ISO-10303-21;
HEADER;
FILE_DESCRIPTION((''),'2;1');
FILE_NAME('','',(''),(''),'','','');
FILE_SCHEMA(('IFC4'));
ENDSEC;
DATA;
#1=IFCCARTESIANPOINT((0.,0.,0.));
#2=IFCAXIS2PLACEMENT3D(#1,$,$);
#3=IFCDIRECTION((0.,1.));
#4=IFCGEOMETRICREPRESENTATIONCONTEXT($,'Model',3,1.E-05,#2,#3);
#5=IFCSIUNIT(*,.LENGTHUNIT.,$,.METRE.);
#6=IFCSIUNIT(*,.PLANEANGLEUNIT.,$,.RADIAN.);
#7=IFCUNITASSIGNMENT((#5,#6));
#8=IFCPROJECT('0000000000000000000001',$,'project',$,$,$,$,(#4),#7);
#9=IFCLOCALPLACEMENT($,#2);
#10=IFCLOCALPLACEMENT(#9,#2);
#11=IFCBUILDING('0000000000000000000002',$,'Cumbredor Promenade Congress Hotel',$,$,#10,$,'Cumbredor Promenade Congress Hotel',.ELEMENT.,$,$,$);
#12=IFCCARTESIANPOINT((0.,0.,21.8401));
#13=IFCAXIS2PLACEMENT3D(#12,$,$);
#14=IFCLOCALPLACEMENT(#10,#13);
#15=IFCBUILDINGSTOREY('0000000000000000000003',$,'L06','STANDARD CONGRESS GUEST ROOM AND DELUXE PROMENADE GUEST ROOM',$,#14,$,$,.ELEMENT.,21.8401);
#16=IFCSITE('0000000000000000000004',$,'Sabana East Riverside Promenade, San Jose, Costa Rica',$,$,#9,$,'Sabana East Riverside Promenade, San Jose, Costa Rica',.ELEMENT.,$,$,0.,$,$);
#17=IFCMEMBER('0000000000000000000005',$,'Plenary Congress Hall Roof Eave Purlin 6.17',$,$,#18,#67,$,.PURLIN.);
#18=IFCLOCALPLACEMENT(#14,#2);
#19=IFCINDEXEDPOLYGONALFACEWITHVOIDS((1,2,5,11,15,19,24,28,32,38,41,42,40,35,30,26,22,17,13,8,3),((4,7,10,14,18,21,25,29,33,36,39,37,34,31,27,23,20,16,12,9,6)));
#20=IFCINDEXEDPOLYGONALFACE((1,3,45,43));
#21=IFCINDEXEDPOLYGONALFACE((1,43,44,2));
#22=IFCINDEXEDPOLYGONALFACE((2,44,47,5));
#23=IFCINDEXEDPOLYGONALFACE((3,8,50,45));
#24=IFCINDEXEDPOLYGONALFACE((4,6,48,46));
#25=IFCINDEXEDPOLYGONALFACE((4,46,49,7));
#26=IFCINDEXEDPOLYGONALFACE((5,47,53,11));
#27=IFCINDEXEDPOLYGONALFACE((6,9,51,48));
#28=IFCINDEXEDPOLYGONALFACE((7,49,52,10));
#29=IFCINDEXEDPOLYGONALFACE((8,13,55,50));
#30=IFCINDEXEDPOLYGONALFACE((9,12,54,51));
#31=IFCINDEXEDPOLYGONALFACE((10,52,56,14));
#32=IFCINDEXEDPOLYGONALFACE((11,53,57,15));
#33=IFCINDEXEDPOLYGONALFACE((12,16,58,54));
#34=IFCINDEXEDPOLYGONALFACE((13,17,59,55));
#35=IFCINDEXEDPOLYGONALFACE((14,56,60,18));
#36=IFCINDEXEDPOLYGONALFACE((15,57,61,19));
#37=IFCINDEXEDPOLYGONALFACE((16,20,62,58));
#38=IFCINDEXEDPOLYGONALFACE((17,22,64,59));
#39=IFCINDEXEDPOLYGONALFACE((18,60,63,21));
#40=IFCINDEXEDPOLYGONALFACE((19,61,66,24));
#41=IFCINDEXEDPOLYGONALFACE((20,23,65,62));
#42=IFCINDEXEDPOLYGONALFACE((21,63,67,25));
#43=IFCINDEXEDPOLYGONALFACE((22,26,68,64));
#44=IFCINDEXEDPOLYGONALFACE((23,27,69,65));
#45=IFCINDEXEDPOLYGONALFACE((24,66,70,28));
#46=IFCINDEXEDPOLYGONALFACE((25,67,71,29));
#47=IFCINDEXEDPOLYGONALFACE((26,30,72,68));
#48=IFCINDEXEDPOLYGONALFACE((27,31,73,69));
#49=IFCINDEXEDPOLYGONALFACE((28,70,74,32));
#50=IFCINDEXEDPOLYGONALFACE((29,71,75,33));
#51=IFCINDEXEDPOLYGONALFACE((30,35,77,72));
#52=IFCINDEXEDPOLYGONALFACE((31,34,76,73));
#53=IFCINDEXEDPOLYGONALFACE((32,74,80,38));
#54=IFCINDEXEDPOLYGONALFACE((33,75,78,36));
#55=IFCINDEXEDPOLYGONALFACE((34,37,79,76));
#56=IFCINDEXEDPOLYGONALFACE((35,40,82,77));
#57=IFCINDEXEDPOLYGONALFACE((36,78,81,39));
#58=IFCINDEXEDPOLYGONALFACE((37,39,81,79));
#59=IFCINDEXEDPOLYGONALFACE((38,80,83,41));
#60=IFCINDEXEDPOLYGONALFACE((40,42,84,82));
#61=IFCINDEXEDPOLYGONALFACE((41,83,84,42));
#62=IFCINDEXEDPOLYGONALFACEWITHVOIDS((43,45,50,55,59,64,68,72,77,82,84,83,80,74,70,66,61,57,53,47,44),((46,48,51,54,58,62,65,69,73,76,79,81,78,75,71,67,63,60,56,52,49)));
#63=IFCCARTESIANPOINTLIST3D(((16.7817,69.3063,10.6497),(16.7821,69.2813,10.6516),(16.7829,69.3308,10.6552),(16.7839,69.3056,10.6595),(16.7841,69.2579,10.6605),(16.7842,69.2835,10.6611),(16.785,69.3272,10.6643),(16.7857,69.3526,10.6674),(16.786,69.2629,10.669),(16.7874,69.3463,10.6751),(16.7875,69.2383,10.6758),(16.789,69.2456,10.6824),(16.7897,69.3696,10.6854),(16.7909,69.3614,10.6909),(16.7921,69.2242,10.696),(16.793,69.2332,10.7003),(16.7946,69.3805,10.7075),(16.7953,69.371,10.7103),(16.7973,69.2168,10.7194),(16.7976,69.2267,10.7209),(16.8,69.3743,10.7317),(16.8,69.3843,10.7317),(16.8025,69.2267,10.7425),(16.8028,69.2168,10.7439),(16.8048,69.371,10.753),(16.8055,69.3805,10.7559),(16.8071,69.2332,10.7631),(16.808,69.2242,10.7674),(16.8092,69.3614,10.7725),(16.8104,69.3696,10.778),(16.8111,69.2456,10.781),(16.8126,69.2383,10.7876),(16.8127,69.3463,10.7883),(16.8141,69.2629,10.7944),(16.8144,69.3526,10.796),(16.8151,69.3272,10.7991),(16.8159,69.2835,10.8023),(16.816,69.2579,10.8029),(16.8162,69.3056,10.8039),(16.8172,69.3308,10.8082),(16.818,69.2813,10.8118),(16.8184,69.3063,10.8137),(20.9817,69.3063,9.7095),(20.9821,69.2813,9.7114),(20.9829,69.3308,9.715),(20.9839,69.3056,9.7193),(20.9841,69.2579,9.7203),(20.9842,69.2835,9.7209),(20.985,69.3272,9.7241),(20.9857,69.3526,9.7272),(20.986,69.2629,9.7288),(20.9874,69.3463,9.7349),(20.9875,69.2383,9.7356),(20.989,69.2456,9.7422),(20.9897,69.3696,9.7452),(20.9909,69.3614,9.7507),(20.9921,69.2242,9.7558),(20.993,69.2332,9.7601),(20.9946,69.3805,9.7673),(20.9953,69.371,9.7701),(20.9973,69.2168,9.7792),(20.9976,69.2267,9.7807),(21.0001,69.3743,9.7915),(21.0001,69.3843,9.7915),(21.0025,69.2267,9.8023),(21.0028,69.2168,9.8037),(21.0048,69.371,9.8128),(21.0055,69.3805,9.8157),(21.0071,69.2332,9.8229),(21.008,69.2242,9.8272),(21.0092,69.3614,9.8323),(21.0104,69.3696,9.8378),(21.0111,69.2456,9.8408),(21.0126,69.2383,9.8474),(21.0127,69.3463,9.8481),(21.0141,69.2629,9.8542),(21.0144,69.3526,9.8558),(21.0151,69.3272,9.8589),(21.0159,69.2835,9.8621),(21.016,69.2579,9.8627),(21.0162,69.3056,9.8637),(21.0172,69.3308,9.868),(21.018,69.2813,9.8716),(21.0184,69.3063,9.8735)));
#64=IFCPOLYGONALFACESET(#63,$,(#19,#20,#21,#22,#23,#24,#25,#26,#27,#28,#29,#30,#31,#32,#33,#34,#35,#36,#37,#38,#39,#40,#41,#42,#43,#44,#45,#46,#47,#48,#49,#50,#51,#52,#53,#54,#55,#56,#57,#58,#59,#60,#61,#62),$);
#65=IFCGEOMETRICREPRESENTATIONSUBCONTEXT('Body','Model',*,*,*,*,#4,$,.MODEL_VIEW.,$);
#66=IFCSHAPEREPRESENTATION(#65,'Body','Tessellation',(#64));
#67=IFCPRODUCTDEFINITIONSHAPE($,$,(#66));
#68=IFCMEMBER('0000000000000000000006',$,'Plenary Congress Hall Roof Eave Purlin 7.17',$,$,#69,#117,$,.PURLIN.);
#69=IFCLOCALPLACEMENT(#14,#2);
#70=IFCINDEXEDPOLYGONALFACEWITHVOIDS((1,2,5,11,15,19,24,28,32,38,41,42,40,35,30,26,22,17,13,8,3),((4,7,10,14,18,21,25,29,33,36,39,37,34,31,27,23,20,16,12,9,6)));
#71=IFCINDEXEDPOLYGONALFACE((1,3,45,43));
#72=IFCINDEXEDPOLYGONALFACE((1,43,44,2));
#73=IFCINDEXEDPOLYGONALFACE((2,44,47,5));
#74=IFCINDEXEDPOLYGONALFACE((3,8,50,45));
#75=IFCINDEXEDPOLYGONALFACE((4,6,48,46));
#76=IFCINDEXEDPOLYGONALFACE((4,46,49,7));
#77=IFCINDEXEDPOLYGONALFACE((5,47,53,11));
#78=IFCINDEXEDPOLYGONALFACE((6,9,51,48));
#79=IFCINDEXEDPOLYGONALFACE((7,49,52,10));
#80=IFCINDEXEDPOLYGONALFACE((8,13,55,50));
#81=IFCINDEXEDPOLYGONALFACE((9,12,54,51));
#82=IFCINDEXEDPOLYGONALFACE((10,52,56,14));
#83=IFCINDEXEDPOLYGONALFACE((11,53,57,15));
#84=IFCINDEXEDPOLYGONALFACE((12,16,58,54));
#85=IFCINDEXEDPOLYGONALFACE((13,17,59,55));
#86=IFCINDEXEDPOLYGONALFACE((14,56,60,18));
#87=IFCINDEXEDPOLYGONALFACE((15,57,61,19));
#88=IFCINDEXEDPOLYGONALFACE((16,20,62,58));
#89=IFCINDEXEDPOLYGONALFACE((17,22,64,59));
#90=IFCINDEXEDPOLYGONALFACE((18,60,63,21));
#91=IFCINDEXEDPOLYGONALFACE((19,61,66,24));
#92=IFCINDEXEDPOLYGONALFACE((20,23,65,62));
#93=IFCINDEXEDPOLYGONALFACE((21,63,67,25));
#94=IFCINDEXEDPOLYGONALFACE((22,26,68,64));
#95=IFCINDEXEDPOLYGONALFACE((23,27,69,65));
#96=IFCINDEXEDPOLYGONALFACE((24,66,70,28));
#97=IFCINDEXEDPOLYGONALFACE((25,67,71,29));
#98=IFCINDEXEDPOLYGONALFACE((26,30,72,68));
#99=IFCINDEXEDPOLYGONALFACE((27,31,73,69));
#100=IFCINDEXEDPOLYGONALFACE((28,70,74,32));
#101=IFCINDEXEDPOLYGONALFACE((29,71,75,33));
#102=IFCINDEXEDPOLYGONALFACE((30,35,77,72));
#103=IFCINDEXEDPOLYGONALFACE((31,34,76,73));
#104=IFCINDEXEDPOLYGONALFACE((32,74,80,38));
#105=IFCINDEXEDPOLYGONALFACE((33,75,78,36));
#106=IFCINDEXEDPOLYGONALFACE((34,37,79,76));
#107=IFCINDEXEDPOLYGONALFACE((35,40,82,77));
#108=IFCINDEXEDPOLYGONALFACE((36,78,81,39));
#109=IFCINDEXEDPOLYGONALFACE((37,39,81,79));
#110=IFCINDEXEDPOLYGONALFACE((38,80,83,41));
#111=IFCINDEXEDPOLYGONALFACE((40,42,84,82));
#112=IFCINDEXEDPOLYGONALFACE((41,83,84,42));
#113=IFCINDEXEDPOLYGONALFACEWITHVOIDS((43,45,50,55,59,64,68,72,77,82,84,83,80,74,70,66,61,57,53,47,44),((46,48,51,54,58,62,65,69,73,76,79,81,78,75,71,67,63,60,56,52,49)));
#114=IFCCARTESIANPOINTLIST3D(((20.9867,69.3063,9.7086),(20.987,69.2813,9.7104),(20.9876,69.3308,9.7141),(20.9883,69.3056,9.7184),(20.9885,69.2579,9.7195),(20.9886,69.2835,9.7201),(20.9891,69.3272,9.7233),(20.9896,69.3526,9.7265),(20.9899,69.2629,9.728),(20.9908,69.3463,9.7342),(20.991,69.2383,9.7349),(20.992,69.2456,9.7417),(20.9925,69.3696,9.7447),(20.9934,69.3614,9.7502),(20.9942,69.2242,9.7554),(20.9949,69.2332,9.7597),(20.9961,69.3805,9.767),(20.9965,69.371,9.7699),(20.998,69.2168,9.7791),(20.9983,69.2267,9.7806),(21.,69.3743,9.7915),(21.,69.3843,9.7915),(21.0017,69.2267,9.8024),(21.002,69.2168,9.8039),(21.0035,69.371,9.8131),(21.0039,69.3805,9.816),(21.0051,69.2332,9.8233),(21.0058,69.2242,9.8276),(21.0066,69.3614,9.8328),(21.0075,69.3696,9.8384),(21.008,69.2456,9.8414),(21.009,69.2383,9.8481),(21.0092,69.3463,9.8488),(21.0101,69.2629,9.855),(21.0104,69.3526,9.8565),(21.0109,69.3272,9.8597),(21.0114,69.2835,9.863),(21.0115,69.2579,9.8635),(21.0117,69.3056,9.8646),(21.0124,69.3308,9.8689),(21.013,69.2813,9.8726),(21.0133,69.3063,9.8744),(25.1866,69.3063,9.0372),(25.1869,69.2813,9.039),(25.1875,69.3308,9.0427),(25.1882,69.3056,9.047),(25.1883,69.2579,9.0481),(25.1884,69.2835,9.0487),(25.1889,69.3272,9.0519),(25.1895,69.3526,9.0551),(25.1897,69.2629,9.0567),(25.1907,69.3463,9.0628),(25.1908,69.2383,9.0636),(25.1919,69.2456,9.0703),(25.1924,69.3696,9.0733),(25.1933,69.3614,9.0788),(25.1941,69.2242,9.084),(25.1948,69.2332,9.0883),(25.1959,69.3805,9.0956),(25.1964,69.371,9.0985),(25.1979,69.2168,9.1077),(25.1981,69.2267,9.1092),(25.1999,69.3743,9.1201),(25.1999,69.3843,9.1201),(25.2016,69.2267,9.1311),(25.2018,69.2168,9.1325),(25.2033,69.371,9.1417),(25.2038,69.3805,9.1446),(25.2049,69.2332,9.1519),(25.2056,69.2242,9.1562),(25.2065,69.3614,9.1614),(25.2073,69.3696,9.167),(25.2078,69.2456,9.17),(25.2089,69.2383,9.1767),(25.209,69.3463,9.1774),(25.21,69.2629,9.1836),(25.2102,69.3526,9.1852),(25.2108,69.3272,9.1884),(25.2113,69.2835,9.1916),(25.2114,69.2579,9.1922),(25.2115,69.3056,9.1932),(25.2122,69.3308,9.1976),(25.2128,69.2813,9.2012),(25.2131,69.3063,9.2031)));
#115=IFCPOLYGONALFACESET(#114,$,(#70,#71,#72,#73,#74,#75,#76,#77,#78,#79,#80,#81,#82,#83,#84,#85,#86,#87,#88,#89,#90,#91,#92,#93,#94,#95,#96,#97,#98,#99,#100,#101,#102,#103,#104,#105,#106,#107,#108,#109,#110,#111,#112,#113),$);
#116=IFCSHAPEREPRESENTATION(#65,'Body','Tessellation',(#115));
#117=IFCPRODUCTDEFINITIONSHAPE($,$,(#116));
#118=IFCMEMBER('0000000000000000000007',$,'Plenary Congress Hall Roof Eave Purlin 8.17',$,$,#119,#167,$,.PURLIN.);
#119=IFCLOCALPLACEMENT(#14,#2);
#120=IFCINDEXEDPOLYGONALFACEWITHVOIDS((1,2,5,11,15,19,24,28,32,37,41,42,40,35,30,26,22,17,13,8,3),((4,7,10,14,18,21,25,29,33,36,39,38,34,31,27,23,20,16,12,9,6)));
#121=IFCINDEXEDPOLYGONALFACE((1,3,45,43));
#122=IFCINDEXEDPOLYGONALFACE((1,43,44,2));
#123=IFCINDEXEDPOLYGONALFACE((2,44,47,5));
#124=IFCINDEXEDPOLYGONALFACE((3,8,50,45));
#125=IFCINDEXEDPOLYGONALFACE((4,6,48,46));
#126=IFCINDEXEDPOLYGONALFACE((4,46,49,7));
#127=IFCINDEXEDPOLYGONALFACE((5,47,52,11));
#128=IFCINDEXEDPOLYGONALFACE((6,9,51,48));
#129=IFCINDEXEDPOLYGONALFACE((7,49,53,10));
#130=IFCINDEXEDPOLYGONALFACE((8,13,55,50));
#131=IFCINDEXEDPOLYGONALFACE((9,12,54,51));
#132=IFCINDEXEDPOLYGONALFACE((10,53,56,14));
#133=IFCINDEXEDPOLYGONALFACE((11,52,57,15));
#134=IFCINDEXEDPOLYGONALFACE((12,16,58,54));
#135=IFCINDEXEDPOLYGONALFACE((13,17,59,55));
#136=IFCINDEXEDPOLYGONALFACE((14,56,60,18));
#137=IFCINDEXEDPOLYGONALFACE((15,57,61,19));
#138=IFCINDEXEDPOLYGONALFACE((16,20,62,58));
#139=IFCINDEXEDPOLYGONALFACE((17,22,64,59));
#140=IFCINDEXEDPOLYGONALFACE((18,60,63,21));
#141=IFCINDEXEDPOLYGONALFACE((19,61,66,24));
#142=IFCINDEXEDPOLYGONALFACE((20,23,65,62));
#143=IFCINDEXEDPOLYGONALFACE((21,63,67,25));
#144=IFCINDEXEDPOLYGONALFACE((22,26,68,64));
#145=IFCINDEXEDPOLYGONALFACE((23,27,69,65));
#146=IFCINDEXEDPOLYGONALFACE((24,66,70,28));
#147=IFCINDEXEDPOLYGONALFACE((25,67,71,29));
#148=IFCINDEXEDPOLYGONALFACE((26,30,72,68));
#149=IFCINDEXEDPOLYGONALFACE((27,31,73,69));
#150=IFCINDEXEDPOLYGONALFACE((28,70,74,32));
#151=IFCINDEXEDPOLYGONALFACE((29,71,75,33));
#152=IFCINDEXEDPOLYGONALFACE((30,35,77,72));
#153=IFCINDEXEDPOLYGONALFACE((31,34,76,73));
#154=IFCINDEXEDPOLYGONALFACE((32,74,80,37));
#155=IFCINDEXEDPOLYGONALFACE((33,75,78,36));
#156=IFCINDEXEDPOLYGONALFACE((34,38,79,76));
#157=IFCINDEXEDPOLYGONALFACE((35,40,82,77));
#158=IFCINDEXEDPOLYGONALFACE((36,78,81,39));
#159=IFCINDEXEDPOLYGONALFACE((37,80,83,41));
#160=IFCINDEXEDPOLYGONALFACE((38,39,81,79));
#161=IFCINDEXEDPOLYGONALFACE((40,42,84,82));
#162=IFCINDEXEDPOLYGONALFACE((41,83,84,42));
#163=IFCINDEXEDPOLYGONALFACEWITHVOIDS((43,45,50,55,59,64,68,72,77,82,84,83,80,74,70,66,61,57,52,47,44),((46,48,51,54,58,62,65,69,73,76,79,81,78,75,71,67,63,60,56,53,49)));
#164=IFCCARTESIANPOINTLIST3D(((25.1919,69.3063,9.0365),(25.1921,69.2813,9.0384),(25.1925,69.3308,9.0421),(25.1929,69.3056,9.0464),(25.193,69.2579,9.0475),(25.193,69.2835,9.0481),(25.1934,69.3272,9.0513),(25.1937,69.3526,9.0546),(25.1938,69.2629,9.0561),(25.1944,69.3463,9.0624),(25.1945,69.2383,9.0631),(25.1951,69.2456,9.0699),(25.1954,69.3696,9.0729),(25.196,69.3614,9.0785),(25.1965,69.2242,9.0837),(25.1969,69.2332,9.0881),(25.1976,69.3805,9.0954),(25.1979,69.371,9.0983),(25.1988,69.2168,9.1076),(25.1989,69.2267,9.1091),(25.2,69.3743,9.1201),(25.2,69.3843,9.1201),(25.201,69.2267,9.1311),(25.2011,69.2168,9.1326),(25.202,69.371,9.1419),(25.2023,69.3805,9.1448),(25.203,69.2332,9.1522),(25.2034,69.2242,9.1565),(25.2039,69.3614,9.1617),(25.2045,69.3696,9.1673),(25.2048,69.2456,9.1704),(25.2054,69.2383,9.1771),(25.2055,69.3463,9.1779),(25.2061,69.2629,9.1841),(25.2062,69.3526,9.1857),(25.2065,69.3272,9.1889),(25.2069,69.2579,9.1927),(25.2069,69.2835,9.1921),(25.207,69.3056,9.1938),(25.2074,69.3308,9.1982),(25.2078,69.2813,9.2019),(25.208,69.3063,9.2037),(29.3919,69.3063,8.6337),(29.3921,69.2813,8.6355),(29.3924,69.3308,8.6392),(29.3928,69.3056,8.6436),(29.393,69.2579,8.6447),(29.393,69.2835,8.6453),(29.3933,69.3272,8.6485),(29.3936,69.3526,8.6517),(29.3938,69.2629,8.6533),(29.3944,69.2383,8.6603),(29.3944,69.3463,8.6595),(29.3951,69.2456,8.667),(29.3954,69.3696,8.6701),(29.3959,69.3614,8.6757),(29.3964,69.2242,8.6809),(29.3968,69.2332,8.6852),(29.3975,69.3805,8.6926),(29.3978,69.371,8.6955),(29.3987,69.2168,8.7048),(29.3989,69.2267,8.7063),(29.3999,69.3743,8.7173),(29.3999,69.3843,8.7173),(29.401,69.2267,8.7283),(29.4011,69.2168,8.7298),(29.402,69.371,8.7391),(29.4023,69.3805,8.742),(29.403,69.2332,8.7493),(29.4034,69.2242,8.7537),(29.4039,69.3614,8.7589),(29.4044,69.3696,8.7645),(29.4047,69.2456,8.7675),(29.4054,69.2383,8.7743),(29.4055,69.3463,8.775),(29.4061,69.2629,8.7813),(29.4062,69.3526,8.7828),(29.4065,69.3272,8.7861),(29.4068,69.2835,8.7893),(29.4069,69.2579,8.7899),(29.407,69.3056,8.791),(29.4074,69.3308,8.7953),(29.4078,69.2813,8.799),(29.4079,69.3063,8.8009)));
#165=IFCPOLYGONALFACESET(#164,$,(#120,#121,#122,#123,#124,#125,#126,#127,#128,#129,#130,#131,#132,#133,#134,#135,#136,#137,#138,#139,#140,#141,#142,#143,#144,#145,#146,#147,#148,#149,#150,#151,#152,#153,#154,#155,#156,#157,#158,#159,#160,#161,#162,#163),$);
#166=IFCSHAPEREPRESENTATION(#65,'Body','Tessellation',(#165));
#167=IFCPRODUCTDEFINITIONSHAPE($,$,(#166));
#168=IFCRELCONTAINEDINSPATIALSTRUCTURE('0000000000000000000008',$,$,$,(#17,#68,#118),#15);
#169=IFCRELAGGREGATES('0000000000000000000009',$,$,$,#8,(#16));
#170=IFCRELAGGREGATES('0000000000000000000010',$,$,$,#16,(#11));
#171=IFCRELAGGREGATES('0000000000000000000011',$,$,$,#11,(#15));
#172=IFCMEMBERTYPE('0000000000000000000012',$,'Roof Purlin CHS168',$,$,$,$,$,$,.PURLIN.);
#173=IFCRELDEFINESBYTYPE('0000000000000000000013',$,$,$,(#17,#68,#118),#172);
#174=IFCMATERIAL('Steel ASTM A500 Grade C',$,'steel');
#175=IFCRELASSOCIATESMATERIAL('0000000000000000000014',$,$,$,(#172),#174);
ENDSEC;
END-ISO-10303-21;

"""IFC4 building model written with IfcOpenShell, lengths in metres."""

from ifc_helpers import new_model, si_unit, direction, frame, origin, origin_2d, place, context, subcontext, project, spatial, hollow_circle, extrude, material, material_profile, profile_set, type_object, element, save


model = new_model("IFC4")

# Units and contexts
model_context = context("Model", 3, precision=1e-05, world=origin(), true_north=direction((0.0, 1.0)))
body_context = subcontext(model_context, "Body", "Model", "MODEL_VIEW")
ifc_project = project(units=[si_unit("LENGTHUNIT", "METRE"), si_unit("PLANEANGLEUNIT", "RADIAN")], contexts=[model_context])

# Site, building, storey
site_placement = place(None, origin())
site = spatial("IfcSite", under=ifc_project, at=site_placement, Name="Sabana East Riverside Promenade, San Jose, Costa Rica", LongName="Sabana East Riverside Promenade, San Jose, Costa Rica", CompositionType="ELEMENT", RefElevation=0.0)
building_placement = place(site_placement, origin())
building = spatial("IfcBuilding", under=site, at=building_placement, Name="Cumbredor Promenade Congress Hotel", LongName="Cumbredor Promenade Congress Hotel", CompositionType="ELEMENT")
storey_placement = place(building_placement, frame((0.0, 0.0, 21.8401)))
storey = spatial("IfcBuildingStorey", under=building, at=storey_placement, Name="L06", Description="STANDARD CONGRESS GUEST ROOM AND DELUXE PROMENADE GUEST ROOM", CompositionType="ELEMENT", Elevation=21.8401)

# Members
ifc_material_1 = material(Name="Steel ASTM A500 Grade C", Category="steel")
ifc_material_profile_1 = material_profile(ifc_material_1, hollow_circle(Radius=0.0842, WallThickness=0.01, at=origin_2d()), Name="CHS 168.3x10")
ifc_profile_set_1 = profile_set([ifc_material_profile_1], Name="Steel ASTM A500 Grade C")
member_type_1 = type_object("IfcMemberType", Name="Roof Purlin CHS168", PredefinedType="PURLIN", material=ifc_profile_set_1)
member_1_placement = place(storey_placement, frame((16.8, 69.3, 10.7317), z_axis=(0.975848, 0.0, -0.21845), x_axis=(0.0, 1.0, 0.0)))
element("IfcMember", 1, at=member_1_placement, inside=storey, type_object=member_type_1, Name="Plenary Congress Hall Roof Eave Purlin 6.17", PredefinedType="PURLIN", context=body_context, shape_type="SweptSolid", body=[
    extrude(hollow_circle(Radius=0.0842, WallThickness=0.01, at=origin_2d()), origin(), (0.0, 0.0, 1.0), 4.304),
])
member_2_placement = place(storey_placement, frame((21.0, 69.3, 9.7915), z_axis=(0.987463, 0.0, -0.157852), x_axis=(0.0, 1.0, 0.0)))
element("IfcMember", 2, at=member_2_placement, inside=storey, type_object=member_type_1, Name="Plenary Congress Hall Roof Eave Purlin 7.17", PredefinedType="PURLIN", context=body_context, shape_type="SweptSolid", body=[
    extrude(hollow_circle(Radius=0.0842, WallThickness=0.01, at=origin_2d()), origin(), (0.0, 0.0, 1.0), 4.2532),
])
member_3_placement = place(storey_placement, frame((25.2, 69.3, 9.1201), z_axis=(0.995432, 0.0, -0.095475), x_axis=(0.0, 1.0, 0.0)))
element("IfcMember", 3, at=member_3_placement, inside=storey, type_object=member_type_1, Name="Plenary Congress Hall Roof Eave Purlin 8.17", PredefinedType="PURLIN", context=body_context, shape_type="SweptSolid", body=[
    extrude(hollow_circle(Radius=0.0842, WallThickness=0.01, at=origin_2d()), origin(), (0.0, 0.0, 1.0), 4.2192),
])

save(model, "model.ifc")
